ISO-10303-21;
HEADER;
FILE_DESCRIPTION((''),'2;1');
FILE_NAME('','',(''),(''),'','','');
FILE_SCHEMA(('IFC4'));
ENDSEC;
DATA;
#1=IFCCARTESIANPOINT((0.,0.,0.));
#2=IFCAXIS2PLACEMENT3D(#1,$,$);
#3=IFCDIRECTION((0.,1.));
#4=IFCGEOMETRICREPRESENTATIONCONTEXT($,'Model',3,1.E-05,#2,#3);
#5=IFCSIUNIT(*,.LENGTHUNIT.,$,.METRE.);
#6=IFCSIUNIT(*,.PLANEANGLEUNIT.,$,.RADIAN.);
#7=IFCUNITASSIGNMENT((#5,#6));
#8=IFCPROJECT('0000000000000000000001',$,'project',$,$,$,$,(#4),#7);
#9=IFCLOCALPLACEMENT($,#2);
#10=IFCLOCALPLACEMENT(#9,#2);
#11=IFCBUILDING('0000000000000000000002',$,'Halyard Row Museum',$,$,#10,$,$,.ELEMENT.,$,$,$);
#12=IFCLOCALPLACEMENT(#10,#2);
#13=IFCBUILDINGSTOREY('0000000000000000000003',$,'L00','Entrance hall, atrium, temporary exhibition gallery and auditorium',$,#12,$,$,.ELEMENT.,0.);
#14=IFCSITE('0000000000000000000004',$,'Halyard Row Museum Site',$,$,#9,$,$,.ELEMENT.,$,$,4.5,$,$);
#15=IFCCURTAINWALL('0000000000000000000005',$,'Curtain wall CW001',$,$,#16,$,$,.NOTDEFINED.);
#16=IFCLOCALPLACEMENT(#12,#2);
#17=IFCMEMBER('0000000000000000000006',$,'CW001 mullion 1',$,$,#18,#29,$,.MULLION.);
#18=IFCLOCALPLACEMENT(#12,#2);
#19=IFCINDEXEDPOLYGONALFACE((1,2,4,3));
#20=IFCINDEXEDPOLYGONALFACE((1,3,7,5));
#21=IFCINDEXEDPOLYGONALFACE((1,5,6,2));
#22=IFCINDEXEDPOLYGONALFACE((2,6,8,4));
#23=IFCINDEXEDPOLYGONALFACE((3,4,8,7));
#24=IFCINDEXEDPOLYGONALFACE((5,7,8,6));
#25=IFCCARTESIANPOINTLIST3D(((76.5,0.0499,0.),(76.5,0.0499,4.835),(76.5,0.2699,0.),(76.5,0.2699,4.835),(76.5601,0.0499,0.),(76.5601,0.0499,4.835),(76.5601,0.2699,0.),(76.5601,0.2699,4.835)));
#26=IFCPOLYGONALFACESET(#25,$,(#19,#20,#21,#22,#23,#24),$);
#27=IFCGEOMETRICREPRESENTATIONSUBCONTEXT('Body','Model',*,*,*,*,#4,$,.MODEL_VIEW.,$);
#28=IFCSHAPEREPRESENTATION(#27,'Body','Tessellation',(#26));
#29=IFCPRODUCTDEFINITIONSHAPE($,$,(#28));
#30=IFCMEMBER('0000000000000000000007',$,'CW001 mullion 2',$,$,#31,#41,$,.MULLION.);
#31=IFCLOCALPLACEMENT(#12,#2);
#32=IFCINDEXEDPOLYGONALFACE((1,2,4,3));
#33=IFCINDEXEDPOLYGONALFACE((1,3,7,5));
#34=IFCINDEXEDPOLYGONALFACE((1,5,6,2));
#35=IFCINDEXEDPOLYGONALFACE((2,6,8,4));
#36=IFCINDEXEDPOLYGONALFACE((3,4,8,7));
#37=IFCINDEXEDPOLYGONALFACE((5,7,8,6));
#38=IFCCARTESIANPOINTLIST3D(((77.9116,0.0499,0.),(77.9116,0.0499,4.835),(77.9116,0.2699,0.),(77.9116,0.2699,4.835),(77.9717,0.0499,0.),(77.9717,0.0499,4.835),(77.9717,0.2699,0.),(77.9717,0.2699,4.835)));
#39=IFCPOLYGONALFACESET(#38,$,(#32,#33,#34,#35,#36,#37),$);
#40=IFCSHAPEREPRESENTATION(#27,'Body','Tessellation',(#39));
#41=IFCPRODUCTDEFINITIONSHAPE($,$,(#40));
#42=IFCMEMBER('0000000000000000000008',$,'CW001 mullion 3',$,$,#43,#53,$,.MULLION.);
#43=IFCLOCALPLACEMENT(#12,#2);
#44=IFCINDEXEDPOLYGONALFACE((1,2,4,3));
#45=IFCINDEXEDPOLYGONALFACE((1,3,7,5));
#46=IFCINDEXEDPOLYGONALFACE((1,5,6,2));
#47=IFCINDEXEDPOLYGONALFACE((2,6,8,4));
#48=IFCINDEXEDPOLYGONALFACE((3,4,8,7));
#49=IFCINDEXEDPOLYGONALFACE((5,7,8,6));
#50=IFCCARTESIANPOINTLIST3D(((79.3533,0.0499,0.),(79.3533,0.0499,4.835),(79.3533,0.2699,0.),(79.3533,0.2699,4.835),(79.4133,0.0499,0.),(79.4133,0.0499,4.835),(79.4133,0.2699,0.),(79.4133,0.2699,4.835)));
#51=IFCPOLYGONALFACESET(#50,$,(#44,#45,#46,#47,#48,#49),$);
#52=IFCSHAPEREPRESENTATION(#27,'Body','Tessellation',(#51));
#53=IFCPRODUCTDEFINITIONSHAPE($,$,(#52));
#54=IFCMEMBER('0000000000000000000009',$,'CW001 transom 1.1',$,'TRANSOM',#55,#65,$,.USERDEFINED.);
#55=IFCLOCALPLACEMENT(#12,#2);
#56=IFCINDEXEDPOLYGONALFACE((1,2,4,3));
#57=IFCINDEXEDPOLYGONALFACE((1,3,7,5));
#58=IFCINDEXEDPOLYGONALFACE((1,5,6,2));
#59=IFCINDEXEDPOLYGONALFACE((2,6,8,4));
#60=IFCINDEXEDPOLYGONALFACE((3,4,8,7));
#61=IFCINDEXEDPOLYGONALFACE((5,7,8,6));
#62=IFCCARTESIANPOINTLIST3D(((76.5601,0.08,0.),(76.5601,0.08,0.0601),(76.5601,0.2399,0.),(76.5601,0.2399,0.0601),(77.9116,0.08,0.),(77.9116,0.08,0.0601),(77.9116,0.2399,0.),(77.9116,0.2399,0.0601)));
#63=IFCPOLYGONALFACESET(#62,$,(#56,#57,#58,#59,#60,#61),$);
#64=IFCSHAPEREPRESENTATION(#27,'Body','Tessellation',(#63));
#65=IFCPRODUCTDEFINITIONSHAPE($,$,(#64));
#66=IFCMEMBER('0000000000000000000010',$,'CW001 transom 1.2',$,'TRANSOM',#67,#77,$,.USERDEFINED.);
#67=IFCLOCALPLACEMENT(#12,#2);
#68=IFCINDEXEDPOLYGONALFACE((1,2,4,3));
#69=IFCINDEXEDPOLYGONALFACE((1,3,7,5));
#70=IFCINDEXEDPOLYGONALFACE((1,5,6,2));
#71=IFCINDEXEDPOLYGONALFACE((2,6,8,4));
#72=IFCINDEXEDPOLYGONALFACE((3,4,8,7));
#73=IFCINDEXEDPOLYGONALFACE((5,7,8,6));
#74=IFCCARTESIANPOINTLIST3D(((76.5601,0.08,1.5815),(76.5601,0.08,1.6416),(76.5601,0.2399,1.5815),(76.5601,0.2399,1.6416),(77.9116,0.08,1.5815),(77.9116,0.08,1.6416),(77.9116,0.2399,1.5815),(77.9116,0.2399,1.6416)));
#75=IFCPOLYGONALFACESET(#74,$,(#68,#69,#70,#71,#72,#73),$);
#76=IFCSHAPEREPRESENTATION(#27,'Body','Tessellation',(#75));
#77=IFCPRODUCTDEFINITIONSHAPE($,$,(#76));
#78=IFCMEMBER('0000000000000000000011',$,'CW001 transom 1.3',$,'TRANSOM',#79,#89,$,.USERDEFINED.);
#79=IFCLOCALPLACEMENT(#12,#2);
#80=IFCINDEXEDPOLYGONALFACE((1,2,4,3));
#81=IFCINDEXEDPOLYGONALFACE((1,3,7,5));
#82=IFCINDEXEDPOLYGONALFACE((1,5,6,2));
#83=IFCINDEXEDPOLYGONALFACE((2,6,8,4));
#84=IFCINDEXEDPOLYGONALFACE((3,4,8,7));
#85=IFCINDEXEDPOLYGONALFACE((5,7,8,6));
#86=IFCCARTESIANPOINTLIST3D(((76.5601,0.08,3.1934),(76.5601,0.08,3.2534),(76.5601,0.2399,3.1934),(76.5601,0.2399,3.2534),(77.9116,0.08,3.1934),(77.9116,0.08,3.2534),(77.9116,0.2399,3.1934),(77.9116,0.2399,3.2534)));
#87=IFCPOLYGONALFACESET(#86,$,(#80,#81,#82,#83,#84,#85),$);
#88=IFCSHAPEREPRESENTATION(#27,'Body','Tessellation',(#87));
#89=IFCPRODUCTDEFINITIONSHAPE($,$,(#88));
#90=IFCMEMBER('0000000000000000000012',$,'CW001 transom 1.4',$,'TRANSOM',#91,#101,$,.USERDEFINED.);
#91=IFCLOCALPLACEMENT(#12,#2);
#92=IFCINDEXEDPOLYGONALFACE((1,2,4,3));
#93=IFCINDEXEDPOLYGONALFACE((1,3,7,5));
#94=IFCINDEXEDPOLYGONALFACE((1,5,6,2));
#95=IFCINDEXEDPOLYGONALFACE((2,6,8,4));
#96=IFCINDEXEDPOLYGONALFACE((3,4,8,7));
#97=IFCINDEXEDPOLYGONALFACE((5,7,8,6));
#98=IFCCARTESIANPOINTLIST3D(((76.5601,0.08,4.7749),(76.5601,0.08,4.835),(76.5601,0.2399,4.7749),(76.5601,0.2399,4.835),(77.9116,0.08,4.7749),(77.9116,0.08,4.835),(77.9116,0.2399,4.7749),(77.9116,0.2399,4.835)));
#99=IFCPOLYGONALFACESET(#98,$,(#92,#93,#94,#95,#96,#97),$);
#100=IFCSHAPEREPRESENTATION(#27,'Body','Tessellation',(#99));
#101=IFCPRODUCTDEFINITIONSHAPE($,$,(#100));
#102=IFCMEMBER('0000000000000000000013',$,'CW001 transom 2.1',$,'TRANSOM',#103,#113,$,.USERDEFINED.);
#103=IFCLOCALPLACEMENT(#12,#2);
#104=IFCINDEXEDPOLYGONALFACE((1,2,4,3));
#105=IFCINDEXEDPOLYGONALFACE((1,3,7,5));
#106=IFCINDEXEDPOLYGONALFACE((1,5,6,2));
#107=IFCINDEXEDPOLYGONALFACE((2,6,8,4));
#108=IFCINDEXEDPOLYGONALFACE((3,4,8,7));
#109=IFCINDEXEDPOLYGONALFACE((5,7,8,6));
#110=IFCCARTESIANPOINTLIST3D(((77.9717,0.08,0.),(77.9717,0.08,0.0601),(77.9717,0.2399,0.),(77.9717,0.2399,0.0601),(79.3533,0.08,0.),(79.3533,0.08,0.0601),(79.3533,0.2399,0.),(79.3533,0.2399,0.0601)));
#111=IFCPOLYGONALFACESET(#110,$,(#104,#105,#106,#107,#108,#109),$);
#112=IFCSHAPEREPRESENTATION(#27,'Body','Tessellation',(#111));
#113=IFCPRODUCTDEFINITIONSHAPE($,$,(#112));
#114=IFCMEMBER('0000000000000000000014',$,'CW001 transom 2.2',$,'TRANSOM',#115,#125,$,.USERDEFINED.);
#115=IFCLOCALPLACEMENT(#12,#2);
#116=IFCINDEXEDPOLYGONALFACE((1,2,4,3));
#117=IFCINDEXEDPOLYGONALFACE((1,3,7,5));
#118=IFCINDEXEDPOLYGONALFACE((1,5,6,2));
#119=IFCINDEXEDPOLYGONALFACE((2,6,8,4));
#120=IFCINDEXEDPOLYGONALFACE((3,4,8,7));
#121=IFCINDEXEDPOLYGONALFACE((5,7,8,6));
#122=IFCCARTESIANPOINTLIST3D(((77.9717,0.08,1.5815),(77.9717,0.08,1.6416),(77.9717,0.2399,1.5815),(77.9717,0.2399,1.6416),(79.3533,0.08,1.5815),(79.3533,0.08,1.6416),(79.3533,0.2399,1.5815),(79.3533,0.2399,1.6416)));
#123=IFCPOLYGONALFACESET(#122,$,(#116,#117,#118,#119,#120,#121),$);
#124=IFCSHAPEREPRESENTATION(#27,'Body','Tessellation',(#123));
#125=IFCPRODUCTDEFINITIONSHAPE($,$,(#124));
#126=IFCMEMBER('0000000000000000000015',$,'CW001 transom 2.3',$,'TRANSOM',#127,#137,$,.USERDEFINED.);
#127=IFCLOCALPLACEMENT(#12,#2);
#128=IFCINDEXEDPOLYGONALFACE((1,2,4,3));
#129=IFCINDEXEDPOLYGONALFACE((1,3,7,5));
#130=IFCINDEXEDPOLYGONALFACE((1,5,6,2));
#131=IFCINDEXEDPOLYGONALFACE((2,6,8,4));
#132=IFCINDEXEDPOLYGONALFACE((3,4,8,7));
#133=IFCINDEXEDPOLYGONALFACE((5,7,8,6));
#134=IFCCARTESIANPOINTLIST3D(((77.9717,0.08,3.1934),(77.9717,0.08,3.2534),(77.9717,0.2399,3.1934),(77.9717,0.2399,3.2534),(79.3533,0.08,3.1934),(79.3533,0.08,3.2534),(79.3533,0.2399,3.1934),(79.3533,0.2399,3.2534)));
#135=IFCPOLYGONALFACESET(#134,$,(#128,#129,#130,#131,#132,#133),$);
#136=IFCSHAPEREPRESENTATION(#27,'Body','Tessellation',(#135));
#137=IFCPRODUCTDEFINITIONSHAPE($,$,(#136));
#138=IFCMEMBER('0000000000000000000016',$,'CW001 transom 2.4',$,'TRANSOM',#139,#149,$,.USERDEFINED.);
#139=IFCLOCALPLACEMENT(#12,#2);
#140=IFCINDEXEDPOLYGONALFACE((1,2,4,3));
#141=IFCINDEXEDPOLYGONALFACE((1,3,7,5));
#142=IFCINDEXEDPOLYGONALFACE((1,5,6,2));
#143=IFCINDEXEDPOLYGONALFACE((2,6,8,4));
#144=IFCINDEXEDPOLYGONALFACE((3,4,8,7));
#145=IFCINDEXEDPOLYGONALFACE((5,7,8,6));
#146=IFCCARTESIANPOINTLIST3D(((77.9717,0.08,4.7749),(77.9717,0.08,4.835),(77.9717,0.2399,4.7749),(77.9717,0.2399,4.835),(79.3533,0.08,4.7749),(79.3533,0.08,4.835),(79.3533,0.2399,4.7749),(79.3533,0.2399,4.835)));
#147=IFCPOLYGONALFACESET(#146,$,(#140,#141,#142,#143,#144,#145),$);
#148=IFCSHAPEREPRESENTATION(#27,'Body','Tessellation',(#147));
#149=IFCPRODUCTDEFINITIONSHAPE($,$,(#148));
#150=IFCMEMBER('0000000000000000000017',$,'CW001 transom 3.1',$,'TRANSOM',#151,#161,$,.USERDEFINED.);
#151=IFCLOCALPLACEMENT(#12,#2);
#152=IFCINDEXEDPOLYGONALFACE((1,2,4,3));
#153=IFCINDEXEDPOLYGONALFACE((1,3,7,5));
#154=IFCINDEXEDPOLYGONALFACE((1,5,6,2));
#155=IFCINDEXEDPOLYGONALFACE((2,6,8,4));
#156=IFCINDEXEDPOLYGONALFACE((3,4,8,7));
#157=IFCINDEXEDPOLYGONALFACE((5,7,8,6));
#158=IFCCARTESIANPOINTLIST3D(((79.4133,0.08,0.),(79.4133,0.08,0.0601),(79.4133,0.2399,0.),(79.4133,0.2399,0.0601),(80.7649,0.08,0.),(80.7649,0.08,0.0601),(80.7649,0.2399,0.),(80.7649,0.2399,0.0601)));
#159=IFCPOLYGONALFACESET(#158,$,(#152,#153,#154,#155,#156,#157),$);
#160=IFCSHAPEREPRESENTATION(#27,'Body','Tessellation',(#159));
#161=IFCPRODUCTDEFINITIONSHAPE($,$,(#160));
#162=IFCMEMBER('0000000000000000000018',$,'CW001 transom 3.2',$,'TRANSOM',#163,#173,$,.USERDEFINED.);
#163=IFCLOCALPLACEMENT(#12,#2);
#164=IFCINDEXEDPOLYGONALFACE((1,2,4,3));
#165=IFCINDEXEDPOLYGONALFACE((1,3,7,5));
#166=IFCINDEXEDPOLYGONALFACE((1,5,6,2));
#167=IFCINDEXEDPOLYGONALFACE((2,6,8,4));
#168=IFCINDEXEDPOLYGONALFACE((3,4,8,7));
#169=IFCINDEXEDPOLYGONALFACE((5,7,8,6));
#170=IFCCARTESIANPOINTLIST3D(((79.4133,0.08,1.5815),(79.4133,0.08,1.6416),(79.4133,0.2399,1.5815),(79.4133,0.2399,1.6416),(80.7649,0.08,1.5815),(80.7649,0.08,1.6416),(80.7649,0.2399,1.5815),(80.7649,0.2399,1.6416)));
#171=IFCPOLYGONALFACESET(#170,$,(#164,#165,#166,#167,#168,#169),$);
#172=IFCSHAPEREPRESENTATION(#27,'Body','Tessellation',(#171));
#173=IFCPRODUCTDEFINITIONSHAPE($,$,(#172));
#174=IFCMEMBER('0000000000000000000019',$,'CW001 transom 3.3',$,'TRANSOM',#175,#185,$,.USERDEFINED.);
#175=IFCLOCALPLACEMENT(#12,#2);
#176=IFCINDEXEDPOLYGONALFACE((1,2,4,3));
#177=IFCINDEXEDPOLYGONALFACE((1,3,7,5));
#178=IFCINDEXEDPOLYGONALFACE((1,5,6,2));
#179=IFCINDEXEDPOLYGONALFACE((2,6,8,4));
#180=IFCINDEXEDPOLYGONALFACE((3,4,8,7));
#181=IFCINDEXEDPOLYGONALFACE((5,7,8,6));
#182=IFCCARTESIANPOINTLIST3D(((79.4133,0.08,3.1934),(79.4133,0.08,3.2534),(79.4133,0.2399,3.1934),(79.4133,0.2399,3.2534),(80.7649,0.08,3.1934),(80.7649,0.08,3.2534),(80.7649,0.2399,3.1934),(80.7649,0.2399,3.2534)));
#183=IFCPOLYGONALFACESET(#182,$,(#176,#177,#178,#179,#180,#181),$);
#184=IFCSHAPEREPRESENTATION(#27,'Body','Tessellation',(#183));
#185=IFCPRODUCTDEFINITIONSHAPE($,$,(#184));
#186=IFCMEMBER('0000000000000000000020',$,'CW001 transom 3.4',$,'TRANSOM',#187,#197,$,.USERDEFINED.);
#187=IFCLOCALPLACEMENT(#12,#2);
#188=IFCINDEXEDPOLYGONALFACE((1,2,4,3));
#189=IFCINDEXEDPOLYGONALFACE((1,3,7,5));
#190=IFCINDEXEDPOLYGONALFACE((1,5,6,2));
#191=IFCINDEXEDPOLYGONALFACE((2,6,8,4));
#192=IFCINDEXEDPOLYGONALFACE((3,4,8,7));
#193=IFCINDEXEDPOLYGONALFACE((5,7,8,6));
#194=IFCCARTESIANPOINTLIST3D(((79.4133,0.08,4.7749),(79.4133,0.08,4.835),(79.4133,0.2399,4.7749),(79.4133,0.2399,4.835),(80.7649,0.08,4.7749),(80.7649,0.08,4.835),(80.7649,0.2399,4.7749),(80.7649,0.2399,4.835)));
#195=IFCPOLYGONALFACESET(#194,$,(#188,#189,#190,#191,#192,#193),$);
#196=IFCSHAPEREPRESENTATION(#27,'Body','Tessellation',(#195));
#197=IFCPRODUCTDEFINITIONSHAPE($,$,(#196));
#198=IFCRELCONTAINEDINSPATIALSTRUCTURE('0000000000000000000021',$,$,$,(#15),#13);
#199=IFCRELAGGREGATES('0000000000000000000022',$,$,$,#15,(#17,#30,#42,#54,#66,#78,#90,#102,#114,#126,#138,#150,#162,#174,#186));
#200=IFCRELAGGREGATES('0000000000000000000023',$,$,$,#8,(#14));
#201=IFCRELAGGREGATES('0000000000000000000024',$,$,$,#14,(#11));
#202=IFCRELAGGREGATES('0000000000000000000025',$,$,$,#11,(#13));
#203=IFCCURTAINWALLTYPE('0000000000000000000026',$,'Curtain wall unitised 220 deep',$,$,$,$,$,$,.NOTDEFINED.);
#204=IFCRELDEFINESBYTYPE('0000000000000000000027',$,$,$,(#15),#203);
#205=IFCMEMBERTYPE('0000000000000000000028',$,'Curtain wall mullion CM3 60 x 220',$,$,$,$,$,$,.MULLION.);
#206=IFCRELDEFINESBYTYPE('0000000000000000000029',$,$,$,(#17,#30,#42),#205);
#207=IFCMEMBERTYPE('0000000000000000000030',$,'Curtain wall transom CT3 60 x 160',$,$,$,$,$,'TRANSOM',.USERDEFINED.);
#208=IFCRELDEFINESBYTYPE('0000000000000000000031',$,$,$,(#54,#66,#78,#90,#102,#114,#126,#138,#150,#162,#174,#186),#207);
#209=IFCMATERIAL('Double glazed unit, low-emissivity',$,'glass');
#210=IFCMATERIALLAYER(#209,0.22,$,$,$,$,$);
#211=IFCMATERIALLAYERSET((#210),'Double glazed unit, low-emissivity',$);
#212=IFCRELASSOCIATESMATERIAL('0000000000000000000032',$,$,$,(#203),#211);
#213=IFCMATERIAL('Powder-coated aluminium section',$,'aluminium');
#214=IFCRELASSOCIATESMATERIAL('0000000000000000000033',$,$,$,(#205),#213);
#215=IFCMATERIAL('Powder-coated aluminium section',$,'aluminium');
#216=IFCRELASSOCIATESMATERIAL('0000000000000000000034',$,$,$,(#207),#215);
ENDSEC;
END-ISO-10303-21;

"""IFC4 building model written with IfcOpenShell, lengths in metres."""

from ifc_helpers import new_model, si_unit, direction, frame, origin, origin_2d, place, context, subcontext, project, spatial, rectangle, extrude, material, layer, layer_set, material_profile, profile_set, type_object, element, aggregate, save


model = new_model("IFC4")

# Units and contexts
model_context = context("Model", 3, precision=1e-05, world=origin(), true_north=direction((0.0, 1.0)))
body_context = subcontext(model_context, "Body", "Model", "MODEL_VIEW")
ifc_project = project(units=[si_unit("LENGTHUNIT", "METRE"), si_unit("PLANEANGLEUNIT", "RADIAN")], contexts=[model_context])

# Site, building, storey
site_placement = place(None, origin())
site = spatial("IfcSite", under=ifc_project, at=site_placement, Name="Halyard Row Museum Site", CompositionType="ELEMENT", RefElevation=4.5)
building_placement = place(site_placement, origin())
building = spatial("IfcBuilding", under=site, at=building_placement, Name="Halyard Row Museum", CompositionType="ELEMENT")
storey_placement = place(building_placement, origin())
storey = spatial("IfcBuildingStorey", under=building, at=storey_placement, Name="L00", Description="Entrance hall, atrium, temporary exhibition gallery and auditorium", CompositionType="ELEMENT", Elevation=0.0)

# Curtain wall, members
ifc_material_1 = material(Name="Double glazed unit, low-emissivity", Category="glass")
ifc_layer_1 = layer(ifc_material_1, 0.22)
ifc_layer_set_1 = layer_set([ifc_layer_1], Name="Double glazed unit, low-emissivity")
curtain_wall_type = type_object("IfcCurtainWallType", Name="Curtain wall unitised 220 deep", PredefinedType="NOTDEFINED", material=ifc_layer_set_1)
curtain_wall_placement = place(storey_placement, origin())
curtain_wall = element("IfcCurtainWall", 1, at=curtain_wall_placement, inside=storey, type_object=curtain_wall_type, Name="Curtain wall CW001", PredefinedType="NOTDEFINED")
ifc_material_2 = material(Name="Powder-coated aluminium section", Category="aluminium")
ifc_material_profile_1 = material_profile(ifc_material_2, rectangle(XDim=0.22, YDim=0.0601, at=origin_2d()), Name="220x60 mullion")
ifc_profile_set_1 = profile_set([ifc_material_profile_1], Name="Powder-coated aluminium section")
member_type_1 = type_object("IfcMemberType", Name="Curtain wall mullion CM3 60 x 220", PredefinedType="MULLION", material=ifc_profile_set_1)
member_1_placement = place(storey_placement, frame((76.53, 0.1599, 0.0), z_axis=(0.0, 0.0, 1.0), x_axis=(0.0, 1.0, 0.0)))
member_1 = element("IfcMember", 2, at=member_1_placement, type_object=member_type_1, Name="CW001 mullion 1", PredefinedType="MULLION", context=body_context, shape_type="SweptSolid", body=[
    extrude(rectangle(XDim=0.22, YDim=0.0601, at=origin_2d()), origin(), (0.0, 0.0, 1.0), 4.835),
])
member_2_placement = place(storey_placement, frame((77.9417, 0.1599, 0.0), z_axis=(0.0, 0.0, 1.0), x_axis=(0.0, 1.0, 0.0)))
member_2 = element("IfcMember", 3, at=member_2_placement, type_object=member_type_1, Name="CW001 mullion 2", PredefinedType="MULLION", context=body_context, shape_type="SweptSolid", body=[
    extrude(rectangle(XDim=0.22, YDim=0.0601, at=origin_2d()), origin(), (0.0, 0.0, 1.0), 4.835),
])
member_3_placement = place(storey_placement, frame((79.3833, 0.1599, 0.0), z_axis=(0.0, 0.0, 1.0), x_axis=(0.0, 1.0, 0.0)))
member_3 = element("IfcMember", 4, at=member_3_placement, type_object=member_type_1, Name="CW001 mullion 3", PredefinedType="MULLION", context=body_context, shape_type="SweptSolid", body=[
    extrude(rectangle(XDim=0.22, YDim=0.0601, at=origin_2d()), origin(), (0.0, 0.0, 1.0), 4.835),
])
ifc_material_3 = material(Name="Powder-coated aluminium section", Category="aluminium")
ifc_material_profile_2 = material_profile(ifc_material_3, rectangle(XDim=0.1599, YDim=0.0601, at=origin_2d()), Name="160x60 transom")
ifc_profile_set_2 = profile_set([ifc_material_profile_2], Name="Powder-coated aluminium section")
member_type_2 = type_object("IfcMemberType", Name="Curtain wall transom CT3 60 x 160", ElementType="TRANSOM", PredefinedType="USERDEFINED", material=ifc_profile_set_2)
member_4_placement = place(storey_placement, frame((76.5601, 0.1599, 0.03), z_axis=(1.0, 0.0, 0.0), x_axis=(0.0, 1.0, 0.0)))
member_4 = element("IfcMember", 5, at=member_4_placement, type_object=member_type_2, Name="CW001 transom 1.1", ObjectType="TRANSOM", PredefinedType="USERDEFINED", context=body_context, shape_type="SweptSolid", body=[
    extrude(rectangle(XDim=0.1599, YDim=0.0601, at=origin_2d()), origin(), (0.0, 0.0, 1.0), 1.3516),
])
member_5_placement = place(storey_placement, frame((76.5601, 0.1599, 1.6116), z_axis=(1.0, 0.0, 0.0), x_axis=(0.0, 1.0, 0.0)))
member_5 = element("IfcMember", 6, at=member_5_placement, type_object=member_type_2, Name="CW001 transom 1.2", ObjectType="TRANSOM", PredefinedType="USERDEFINED", context=body_context, shape_type="SweptSolid", body=[
    extrude(rectangle(XDim=0.1599, YDim=0.0601, at=origin_2d()), origin(), (0.0, 0.0, 1.0), 1.3516),
])
member_6_placement = place(storey_placement, frame((76.5601, 0.1599, 3.2234), z_axis=(1.0, 0.0, 0.0), x_axis=(0.0, 1.0, 0.0)))
member_6 = element("IfcMember", 7, at=member_6_placement, type_object=member_type_2, Name="CW001 transom 1.3", ObjectType="TRANSOM", PredefinedType="USERDEFINED", context=body_context, shape_type="SweptSolid", body=[
    extrude(rectangle(XDim=0.1599, YDim=0.0601, at=origin_2d()), origin(), (0.0, 0.0, 1.0), 1.3516),
])
member_7_placement = place(storey_placement, frame((76.5601, 0.1599, 4.8049), z_axis=(1.0, 0.0, 0.0), x_axis=(0.0, 1.0, 0.0)))
member_7 = element("IfcMember", 8, at=member_7_placement, type_object=member_type_2, Name="CW001 transom 1.4", ObjectType="TRANSOM", PredefinedType="USERDEFINED", context=body_context, shape_type="SweptSolid", body=[
    extrude(rectangle(XDim=0.1599, YDim=0.0601, at=origin_2d()), origin(), (0.0, 0.0, 1.0), 1.3516),
])
member_8_placement = place(storey_placement, frame((77.9717, 0.1599, 0.03), z_axis=(1.0, 0.0, 0.0), x_axis=(0.0, 1.0, 0.0)))
member_8 = element("IfcMember", 9, at=member_8_placement, type_object=member_type_2, Name="CW001 transom 2.1", ObjectType="TRANSOM", PredefinedType="USERDEFINED", context=body_context, shape_type="SweptSolid", body=[
    extrude(rectangle(XDim=0.1599, YDim=0.0601, at=origin_2d()), origin(), (0.0, 0.0, 1.0), 1.3816),
])
member_9_placement = place(storey_placement, frame((77.9717, 0.1599, 1.6116), z_axis=(1.0, 0.0, 0.0), x_axis=(0.0, 1.0, 0.0)))
member_9 = element("IfcMember", 10, at=member_9_placement, type_object=member_type_2, Name="CW001 transom 2.2", ObjectType="TRANSOM", PredefinedType="USERDEFINED", context=body_context, shape_type="SweptSolid", body=[
    extrude(rectangle(XDim=0.1599, YDim=0.0601, at=origin_2d()), origin(), (0.0, 0.0, 1.0), 1.3816),
])
member_10_placement = place(storey_placement, frame((77.9717, 0.1599, 3.2234), z_axis=(1.0, 0.0, 0.0), x_axis=(0.0, 1.0, 0.0)))
member_10 = element("IfcMember", 11, at=member_10_placement, type_object=member_type_2, Name="CW001 transom 2.3", ObjectType="TRANSOM", PredefinedType="USERDEFINED", context=body_context, shape_type="SweptSolid", body=[
    extrude(rectangle(XDim=0.1599, YDim=0.0601, at=origin_2d()), origin(), (0.0, 0.0, 1.0), 1.3816),
])
member_11_placement = place(storey_placement, frame((77.9717, 0.1599, 4.8049), z_axis=(1.0, 0.0, 0.0), x_axis=(0.0, 1.0, 0.0)))
member_11 = element("IfcMember", 12, at=member_11_placement, type_object=member_type_2, Name="CW001 transom 2.4", ObjectType="TRANSOM", PredefinedType="USERDEFINED", context=body_context, shape_type="SweptSolid", body=[
    extrude(rectangle(XDim=0.1599, YDim=0.0601, at=origin_2d()), origin(), (0.0, 0.0, 1.0), 1.3816),
])
member_12_placement = place(storey_placement, frame((79.4133, 0.1599, 0.03), z_axis=(1.0, 0.0, 0.0), x_axis=(0.0, 1.0, 0.0)))
member_12 = element("IfcMember", 13, at=member_12_placement, type_object=member_type_2, Name="CW001 transom 3.1", ObjectType="TRANSOM", PredefinedType="USERDEFINED", context=body_context, shape_type="SweptSolid", body=[
    extrude(rectangle(XDim=0.1599, YDim=0.0601, at=origin_2d()), origin(), (0.0, 0.0, 1.0), 1.3516),
])
member_13_placement = place(storey_placement, frame((79.4133, 0.1599, 1.6116), z_axis=(1.0, 0.0, 0.0), x_axis=(0.0, 1.0, 0.0)))
member_13 = element("IfcMember", 14, at=member_13_placement, type_object=member_type_2, Name="CW001 transom 3.2", ObjectType="TRANSOM", PredefinedType="USERDEFINED", context=body_context, shape_type="SweptSolid", body=[
    extrude(rectangle(XDim=0.1599, YDim=0.0601, at=origin_2d()), origin(), (0.0, 0.0, 1.0), 1.3516),
])
member_14_placement = place(storey_placement, frame((79.4133, 0.1599, 3.2234), z_axis=(1.0, 0.0, 0.0), x_axis=(0.0, 1.0, 0.0)))
member_14 = element("IfcMember", 15, at=member_14_placement, type_object=member_type_2, Name="CW001 transom 3.3", ObjectType="TRANSOM", PredefinedType="USERDEFINED", context=body_context, shape_type="SweptSolid", body=[
    extrude(rectangle(XDim=0.1599, YDim=0.0601, at=origin_2d()), origin(), (0.0, 0.0, 1.0), 1.3516),
])
member_15_placement = place(storey_placement, frame((79.4133, 0.1599, 4.8049), z_axis=(1.0, 0.0, 0.0), x_axis=(0.0, 1.0, 0.0)))
member_15 = element("IfcMember", 16, at=member_15_placement, type_object=member_type_2, Name="CW001 transom 3.4", ObjectType="TRANSOM", PredefinedType="USERDEFINED", context=body_context, shape_type="SweptSolid", body=[
    extrude(rectangle(XDim=0.1599, YDim=0.0601, at=origin_2d()), origin(), (0.0, 0.0, 1.0), 1.3516),
])
aggregate(curtain_wall, [member_1, member_2, member_3, member_4, member_5, member_6, member_7, member_8, member_9, member_10, member_11, member_12, member_13, member_14, member_15])

save(model, "model.ifc")
